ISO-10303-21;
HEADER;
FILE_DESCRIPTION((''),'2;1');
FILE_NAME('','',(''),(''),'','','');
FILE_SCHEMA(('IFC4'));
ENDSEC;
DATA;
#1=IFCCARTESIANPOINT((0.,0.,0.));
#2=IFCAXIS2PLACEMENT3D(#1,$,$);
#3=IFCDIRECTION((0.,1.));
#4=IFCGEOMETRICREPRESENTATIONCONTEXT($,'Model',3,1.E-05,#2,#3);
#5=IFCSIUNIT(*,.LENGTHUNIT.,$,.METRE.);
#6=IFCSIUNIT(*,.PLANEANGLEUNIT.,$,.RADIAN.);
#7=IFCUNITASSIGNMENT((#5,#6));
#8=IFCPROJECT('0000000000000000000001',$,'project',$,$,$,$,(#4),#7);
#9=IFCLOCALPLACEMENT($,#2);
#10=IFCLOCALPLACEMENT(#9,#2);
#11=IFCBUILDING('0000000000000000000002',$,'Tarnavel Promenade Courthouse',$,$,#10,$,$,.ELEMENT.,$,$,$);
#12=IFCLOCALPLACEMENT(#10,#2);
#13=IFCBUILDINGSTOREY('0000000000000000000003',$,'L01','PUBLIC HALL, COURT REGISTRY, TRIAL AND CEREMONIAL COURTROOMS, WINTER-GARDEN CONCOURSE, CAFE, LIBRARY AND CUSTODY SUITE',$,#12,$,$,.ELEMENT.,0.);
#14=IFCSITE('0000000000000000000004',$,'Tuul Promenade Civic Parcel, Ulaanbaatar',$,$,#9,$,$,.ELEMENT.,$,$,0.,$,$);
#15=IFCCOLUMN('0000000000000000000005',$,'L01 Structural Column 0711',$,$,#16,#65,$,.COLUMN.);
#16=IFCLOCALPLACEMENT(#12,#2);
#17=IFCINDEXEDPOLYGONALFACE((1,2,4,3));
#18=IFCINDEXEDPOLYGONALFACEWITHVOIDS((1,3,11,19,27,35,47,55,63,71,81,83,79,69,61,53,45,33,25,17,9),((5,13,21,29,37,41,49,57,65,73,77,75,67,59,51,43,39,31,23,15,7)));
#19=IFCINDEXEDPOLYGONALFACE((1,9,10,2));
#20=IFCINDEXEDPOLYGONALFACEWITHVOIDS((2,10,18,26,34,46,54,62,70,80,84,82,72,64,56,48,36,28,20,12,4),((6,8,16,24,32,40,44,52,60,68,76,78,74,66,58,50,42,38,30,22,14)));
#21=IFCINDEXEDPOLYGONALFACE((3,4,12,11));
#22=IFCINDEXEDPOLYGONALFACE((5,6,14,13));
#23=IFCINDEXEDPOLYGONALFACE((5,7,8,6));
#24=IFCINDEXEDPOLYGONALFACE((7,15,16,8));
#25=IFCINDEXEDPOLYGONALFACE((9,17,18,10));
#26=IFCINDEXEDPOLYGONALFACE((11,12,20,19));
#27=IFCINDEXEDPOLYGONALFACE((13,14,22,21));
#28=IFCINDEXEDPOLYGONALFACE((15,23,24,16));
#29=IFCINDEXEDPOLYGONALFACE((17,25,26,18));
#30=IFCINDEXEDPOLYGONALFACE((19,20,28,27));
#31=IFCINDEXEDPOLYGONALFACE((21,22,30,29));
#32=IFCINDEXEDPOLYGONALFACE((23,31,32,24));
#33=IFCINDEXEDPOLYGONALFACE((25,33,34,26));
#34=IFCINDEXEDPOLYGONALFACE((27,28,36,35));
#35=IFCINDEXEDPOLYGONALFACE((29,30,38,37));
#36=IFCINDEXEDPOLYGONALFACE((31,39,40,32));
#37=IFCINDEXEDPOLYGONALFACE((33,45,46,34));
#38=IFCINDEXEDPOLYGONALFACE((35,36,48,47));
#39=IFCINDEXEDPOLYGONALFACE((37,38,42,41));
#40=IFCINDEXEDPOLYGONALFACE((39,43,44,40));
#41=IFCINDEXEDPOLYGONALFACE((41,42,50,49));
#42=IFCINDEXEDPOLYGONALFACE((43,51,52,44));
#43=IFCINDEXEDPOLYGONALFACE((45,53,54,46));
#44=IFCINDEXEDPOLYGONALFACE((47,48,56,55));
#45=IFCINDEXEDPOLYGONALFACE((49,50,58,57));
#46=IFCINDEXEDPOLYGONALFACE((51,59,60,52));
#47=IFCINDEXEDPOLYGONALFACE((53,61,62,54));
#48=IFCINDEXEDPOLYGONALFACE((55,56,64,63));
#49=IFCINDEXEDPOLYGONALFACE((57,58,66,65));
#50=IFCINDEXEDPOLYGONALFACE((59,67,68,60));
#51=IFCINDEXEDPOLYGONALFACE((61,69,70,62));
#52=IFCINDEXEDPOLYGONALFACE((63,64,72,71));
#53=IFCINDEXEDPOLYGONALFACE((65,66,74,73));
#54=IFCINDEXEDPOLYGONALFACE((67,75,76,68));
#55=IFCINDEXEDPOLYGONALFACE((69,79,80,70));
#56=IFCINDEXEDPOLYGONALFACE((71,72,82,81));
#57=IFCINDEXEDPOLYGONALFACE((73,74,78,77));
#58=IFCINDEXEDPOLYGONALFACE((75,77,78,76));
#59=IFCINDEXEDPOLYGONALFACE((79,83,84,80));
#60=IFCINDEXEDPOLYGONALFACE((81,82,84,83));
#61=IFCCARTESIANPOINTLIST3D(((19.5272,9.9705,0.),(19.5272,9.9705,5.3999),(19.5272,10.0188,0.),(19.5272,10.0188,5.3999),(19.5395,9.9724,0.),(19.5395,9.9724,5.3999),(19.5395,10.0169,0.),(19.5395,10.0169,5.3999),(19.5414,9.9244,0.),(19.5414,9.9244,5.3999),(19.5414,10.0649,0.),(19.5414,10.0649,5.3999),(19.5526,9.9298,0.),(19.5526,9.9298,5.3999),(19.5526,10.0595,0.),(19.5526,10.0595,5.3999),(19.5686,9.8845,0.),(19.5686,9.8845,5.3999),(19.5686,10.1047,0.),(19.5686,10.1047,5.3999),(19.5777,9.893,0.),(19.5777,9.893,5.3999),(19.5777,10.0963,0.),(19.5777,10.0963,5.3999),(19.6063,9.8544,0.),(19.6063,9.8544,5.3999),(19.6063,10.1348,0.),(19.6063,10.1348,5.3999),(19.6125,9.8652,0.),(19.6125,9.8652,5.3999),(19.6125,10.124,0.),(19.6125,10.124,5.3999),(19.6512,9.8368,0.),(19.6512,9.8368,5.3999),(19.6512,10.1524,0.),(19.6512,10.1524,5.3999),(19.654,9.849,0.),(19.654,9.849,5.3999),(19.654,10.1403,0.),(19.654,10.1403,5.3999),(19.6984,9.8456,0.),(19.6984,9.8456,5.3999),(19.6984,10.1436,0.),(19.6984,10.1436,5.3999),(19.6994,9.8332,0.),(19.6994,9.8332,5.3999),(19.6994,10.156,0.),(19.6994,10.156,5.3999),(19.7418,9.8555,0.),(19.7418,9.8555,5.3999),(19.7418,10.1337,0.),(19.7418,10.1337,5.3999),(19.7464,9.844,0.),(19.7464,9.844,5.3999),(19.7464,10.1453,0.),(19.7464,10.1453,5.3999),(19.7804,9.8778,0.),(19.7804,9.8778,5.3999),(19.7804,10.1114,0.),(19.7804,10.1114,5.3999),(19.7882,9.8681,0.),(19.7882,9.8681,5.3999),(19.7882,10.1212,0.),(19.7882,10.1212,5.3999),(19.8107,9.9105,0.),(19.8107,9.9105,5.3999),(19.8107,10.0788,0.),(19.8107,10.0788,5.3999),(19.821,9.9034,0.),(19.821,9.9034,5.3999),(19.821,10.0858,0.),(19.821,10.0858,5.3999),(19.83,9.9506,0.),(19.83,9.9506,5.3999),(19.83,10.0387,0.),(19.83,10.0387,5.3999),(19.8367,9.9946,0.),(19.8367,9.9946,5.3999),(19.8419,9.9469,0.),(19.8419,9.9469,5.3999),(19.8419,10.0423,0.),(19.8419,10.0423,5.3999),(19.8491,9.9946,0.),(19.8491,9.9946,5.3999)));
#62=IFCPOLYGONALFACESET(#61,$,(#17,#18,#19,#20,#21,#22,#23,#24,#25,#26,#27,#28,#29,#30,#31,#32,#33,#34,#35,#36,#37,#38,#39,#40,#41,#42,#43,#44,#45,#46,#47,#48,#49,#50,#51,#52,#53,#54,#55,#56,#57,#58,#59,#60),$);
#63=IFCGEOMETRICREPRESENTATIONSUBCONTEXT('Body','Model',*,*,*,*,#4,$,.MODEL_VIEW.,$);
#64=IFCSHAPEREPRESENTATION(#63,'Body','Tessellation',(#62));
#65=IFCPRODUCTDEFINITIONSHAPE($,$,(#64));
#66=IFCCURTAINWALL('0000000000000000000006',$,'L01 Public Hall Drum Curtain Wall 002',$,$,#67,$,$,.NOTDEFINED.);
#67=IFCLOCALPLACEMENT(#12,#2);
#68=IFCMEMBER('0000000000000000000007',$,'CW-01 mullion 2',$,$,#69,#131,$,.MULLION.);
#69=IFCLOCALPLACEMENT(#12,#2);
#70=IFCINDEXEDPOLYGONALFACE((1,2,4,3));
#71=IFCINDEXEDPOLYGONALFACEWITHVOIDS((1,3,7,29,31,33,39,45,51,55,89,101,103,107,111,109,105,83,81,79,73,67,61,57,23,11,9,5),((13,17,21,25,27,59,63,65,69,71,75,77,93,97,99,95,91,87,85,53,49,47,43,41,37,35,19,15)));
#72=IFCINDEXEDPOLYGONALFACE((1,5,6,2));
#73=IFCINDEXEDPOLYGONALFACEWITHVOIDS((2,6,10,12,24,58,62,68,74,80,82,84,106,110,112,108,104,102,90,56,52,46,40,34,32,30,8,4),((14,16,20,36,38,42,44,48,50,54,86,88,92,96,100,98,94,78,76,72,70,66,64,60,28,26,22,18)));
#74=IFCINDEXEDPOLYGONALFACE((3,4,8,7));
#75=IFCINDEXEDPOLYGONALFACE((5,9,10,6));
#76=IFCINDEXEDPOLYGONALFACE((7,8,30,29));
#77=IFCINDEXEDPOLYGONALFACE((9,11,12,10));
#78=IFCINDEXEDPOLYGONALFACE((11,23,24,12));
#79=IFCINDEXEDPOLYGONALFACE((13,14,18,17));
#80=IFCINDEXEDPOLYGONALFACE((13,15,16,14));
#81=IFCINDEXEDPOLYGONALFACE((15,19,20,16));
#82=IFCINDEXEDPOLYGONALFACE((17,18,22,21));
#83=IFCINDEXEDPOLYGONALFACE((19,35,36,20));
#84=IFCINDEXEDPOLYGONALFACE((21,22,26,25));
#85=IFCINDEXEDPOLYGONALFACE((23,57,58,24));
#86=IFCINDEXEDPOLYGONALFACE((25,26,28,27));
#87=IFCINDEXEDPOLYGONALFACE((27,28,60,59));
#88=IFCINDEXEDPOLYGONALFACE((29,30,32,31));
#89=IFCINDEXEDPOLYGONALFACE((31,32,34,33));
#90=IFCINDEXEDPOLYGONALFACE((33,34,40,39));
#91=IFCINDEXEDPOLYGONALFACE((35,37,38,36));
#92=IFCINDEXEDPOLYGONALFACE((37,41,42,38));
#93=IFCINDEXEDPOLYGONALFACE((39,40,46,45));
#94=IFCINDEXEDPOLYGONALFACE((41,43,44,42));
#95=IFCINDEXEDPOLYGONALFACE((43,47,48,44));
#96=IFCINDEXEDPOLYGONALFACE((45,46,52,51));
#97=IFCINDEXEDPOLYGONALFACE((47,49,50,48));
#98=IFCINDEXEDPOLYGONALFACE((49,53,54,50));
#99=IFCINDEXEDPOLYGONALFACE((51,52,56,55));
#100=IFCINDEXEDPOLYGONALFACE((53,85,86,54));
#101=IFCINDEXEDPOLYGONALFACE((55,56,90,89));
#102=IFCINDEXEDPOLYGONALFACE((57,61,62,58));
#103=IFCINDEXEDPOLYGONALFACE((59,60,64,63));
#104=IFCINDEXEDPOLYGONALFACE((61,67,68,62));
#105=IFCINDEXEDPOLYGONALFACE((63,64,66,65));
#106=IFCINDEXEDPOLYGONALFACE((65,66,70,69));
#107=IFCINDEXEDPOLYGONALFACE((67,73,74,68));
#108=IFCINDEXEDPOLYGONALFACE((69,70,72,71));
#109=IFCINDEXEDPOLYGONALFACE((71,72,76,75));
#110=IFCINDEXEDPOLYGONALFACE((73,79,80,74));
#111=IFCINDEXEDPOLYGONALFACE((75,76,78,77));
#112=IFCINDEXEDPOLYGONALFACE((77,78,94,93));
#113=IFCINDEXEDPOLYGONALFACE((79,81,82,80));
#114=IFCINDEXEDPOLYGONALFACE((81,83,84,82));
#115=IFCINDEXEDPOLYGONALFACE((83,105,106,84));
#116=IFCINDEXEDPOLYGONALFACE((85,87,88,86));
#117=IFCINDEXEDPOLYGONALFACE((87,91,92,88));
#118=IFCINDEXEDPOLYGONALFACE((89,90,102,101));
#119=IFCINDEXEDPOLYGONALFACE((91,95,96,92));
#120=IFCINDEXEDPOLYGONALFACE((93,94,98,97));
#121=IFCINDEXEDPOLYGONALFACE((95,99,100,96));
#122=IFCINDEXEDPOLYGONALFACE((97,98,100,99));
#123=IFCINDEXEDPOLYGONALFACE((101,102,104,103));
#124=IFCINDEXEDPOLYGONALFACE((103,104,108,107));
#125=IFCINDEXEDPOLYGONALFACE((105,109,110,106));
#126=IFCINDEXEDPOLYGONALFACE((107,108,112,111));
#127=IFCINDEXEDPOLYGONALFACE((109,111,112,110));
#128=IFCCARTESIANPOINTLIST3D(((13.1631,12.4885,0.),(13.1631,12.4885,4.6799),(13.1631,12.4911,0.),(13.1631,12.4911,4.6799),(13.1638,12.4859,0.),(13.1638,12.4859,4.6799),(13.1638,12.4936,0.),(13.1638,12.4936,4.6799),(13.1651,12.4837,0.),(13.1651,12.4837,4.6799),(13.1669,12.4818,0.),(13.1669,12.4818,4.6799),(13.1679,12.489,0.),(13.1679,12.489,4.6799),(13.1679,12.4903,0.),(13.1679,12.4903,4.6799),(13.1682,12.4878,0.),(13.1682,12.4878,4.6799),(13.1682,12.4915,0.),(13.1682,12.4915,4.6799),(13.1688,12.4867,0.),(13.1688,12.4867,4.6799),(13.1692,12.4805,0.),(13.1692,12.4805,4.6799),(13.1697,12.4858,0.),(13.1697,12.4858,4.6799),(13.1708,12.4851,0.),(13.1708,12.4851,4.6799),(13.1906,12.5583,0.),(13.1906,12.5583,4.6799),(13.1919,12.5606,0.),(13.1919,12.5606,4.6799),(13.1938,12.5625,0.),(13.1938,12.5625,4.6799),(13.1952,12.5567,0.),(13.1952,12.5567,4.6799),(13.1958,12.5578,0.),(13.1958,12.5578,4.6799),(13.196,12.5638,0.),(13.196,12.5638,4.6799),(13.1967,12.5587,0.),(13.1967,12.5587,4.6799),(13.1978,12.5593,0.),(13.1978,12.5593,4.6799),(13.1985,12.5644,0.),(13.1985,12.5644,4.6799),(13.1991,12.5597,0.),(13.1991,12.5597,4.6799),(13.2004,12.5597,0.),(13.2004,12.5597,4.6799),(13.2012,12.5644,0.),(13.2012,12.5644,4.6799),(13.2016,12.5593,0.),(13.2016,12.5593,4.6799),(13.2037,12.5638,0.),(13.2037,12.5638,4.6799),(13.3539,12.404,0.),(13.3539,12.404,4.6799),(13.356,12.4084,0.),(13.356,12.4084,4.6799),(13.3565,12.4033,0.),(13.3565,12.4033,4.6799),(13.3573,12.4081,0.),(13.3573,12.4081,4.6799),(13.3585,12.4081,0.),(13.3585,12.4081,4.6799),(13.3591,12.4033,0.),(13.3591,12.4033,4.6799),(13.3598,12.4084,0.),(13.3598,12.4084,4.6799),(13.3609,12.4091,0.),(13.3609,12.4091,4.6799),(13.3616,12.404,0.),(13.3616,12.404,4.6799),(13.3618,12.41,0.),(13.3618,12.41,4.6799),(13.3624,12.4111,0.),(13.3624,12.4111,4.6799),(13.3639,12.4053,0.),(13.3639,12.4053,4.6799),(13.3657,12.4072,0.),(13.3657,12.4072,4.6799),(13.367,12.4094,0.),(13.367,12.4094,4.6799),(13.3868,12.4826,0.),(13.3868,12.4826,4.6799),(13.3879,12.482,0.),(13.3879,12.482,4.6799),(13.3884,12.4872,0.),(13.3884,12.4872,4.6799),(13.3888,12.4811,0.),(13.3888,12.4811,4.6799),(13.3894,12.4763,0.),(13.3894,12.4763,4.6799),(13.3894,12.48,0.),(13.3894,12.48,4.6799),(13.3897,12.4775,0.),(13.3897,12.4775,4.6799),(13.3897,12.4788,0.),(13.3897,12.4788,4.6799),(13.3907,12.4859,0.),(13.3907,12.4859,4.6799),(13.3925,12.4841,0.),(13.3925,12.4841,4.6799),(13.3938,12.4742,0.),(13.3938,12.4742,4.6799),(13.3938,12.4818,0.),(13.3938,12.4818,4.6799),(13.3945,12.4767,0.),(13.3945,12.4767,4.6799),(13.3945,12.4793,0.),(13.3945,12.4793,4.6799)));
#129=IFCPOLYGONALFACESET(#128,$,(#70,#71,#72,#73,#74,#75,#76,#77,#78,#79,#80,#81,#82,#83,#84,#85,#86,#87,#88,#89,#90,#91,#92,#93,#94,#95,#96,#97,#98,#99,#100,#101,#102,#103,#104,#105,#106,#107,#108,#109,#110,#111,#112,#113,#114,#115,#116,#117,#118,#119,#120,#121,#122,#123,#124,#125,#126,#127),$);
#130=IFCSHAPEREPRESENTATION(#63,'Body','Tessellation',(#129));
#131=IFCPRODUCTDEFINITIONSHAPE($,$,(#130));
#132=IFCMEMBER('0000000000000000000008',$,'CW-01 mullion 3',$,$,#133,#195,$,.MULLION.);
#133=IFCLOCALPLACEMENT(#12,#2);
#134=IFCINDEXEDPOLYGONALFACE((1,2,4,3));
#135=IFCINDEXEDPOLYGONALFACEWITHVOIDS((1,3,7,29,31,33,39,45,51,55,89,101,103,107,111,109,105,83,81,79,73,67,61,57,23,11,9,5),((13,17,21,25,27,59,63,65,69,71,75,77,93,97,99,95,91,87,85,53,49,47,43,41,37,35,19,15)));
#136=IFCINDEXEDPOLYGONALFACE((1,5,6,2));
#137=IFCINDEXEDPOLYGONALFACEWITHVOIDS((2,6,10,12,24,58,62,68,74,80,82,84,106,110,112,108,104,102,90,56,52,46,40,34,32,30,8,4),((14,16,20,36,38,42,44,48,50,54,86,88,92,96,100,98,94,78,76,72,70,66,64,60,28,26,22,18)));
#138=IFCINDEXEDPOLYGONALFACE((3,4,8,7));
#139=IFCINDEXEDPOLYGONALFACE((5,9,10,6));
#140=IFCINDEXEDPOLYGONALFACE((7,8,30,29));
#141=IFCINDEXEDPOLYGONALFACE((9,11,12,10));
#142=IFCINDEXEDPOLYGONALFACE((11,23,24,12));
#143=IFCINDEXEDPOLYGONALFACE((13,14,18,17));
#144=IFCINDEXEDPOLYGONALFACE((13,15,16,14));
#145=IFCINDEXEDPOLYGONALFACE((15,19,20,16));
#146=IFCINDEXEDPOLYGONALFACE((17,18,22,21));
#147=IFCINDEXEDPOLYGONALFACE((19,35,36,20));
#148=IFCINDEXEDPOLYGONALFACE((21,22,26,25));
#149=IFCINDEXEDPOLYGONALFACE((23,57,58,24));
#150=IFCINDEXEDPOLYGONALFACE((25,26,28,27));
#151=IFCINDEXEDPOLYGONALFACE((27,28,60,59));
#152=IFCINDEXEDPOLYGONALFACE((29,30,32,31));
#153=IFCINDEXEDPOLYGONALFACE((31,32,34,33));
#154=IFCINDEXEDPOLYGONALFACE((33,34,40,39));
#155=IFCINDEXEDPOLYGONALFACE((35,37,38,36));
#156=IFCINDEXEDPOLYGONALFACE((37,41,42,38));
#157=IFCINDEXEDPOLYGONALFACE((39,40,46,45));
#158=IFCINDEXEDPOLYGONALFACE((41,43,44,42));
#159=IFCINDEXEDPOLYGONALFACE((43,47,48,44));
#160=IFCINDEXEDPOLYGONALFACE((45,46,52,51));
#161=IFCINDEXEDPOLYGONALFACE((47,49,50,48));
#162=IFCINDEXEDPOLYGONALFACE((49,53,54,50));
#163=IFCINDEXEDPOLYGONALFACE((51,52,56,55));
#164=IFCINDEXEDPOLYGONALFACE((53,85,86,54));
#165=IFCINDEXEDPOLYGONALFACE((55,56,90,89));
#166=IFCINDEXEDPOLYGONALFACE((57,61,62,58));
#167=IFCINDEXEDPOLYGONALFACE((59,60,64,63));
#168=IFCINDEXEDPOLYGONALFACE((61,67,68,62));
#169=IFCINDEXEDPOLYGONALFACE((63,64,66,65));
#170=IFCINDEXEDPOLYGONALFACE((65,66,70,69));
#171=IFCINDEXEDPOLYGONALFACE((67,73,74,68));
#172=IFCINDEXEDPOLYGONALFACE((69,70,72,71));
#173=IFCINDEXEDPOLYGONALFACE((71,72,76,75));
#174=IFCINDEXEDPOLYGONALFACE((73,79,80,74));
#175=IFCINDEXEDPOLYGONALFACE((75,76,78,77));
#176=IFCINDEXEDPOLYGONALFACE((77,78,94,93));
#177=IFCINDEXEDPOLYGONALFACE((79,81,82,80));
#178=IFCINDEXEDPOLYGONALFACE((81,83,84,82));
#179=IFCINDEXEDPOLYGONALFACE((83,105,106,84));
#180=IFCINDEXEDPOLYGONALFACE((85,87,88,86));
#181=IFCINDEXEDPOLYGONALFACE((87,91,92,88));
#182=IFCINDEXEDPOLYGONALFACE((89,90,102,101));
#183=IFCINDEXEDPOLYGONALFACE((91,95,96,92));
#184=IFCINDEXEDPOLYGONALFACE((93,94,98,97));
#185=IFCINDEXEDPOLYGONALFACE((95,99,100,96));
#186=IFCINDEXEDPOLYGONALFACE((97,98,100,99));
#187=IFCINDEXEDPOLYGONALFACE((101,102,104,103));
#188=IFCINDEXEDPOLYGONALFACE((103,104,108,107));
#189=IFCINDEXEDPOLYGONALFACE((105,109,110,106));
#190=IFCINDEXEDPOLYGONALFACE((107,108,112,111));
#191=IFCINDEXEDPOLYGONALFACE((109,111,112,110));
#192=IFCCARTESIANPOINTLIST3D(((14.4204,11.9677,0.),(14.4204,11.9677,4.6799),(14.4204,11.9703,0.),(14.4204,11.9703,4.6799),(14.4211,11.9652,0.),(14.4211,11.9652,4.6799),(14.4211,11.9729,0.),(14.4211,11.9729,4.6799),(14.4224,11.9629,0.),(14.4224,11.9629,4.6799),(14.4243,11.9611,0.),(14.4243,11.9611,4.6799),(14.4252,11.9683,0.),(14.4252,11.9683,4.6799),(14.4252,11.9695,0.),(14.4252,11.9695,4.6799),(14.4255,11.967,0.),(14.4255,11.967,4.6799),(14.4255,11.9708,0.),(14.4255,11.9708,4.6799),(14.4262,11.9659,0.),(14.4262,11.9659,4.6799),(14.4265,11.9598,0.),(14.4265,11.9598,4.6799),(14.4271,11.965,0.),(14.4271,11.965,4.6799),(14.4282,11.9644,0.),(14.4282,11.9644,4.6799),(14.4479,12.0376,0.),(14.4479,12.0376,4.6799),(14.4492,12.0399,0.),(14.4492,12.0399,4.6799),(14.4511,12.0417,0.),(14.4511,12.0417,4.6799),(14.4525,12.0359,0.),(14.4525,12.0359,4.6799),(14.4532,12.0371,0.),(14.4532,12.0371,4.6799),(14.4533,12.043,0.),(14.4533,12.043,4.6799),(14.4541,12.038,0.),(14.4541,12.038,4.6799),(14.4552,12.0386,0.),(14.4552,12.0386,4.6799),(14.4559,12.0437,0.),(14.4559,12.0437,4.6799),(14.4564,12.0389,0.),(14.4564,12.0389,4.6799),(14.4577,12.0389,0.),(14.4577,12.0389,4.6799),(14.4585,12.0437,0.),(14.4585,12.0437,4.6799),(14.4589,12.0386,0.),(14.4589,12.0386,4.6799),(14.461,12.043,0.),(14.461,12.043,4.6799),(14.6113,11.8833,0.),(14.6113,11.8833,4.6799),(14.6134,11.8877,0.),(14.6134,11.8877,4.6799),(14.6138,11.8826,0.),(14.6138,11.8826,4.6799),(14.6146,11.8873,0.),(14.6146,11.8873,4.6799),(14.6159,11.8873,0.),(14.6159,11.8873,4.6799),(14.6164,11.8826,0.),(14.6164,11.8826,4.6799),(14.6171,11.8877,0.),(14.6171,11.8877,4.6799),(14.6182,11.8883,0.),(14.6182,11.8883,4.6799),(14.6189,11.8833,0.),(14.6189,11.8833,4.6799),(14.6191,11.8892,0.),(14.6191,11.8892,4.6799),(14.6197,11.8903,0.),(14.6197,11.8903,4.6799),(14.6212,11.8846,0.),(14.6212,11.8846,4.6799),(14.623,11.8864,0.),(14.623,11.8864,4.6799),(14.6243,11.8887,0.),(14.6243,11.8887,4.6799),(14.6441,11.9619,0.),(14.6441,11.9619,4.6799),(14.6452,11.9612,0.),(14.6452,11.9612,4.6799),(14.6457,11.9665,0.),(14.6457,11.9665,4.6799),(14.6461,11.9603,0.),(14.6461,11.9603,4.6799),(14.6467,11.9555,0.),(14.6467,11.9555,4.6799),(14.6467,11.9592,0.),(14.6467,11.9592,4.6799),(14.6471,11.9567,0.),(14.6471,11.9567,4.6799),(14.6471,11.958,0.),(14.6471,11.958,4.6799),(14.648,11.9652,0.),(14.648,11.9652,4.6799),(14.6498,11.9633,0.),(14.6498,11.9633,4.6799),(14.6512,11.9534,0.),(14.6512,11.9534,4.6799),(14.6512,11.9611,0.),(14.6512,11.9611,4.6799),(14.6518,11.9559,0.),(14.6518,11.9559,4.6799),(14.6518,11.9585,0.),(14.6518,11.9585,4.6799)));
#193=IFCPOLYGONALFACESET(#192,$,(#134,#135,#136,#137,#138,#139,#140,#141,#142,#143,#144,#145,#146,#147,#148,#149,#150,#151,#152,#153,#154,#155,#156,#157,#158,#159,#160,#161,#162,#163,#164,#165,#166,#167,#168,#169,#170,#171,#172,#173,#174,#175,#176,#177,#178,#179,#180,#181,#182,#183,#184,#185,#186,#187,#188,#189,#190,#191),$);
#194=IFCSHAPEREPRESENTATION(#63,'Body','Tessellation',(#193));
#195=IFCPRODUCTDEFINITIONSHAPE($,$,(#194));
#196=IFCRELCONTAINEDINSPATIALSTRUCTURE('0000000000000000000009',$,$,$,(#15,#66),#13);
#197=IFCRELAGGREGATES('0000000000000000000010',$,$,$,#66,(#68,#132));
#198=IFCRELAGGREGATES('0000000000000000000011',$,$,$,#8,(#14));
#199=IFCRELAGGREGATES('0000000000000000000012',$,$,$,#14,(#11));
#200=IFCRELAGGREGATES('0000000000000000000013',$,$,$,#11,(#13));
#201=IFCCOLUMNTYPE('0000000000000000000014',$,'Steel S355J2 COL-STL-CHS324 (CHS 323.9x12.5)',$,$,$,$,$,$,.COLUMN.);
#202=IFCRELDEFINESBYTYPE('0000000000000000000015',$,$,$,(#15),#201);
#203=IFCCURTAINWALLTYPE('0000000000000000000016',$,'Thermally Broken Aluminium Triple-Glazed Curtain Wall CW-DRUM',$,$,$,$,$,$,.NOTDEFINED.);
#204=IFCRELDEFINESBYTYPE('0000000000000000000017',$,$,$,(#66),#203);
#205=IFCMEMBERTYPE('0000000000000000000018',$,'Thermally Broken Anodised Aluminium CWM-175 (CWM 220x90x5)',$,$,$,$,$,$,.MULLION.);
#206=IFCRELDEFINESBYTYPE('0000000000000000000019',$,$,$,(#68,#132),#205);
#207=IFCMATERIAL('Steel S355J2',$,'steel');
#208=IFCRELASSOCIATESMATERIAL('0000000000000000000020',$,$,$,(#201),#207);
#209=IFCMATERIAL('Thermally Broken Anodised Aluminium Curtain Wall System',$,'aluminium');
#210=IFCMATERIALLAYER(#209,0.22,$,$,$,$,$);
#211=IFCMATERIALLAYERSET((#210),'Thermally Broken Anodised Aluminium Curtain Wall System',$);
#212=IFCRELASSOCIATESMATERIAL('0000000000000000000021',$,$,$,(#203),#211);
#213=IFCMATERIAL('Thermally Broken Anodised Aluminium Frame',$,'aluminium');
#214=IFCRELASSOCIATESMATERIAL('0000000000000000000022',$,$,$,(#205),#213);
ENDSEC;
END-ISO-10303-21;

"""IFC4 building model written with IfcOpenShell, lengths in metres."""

from ifc_helpers import new_model, si_unit, direction, frame, origin, origin_2d, place, context, subcontext, project, spatial, hollow_rectangle, hollow_circle, extrude, material, layer, layer_set, material_profile, profile_set, type_object, element, aggregate, save


model = new_model("IFC4")

# Units and contexts
model_context = context("Model", 3, precision=1e-05, world=origin(), true_north=direction((0.0, 1.0)))
body_context = subcontext(model_context, "Body", "Model", "MODEL_VIEW")
ifc_project = project(units=[si_unit("LENGTHUNIT", "METRE"), si_unit("PLANEANGLEUNIT", "RADIAN")], contexts=[model_context])

# Site, building, storey
site_placement = place(None, origin())
site = spatial("IfcSite", under=ifc_project, at=site_placement, Name="Tuul Promenade Civic Parcel, Ulaanbaatar", CompositionType="ELEMENT", RefElevation=0.0)
building_placement = place(site_placement, origin())
building = spatial("IfcBuilding", under=site, at=building_placement, Name="Tarnavel Promenade Courthouse", CompositionType="ELEMENT")
storey_placement = place(building_placement, origin())
storey = spatial("IfcBuildingStorey", under=building, at=storey_placement, Name="L01", Description="PUBLIC HALL, COURT REGISTRY, TRIAL AND CEREMONIAL COURTROOMS, WINTER-GARDEN CONCOURSE, CAFE, LIBRARY AND CUSTODY SUITE", CompositionType="ELEMENT", Elevation=0.0)

# Column
ifc_material_1 = material(Name="Steel S355J2", Category="steel")
ifc_material_profile_1 = material_profile(ifc_material_1, hollow_circle(Radius=0.1619, WallThickness=0.0125, at=origin_2d()), Name="CHS 323.9x12.5")
ifc_profile_set_1 = profile_set([ifc_material_profile_1], Name="Steel S355J2")
column_type = type_object("IfcColumnType", Name="Steel S355J2 COL-STL-CHS324 (CHS 323.9x12.5)", PredefinedType="COLUMN", material=ifc_profile_set_1)
column_placement = place(storey_placement, frame((19.6873, 9.9946, 0.0), z_axis=(0.0, 0.0, 1.0), x_axis=(1.0, 0.0, 0.0)))
element("IfcColumn", 1, at=column_placement, inside=storey, type_object=column_type, Name="L01 Structural Column 0711", PredefinedType="COLUMN", context=body_context, shape_type="SweptSolid", body=[
    extrude(hollow_circle(Radius=0.1619, WallThickness=0.0125, at=origin_2d()), origin(), (0.0, 0.0, 1.0), 5.3999),
])

# Curtain wall, members
ifc_material_2 = material(Name="Thermally Broken Anodised Aluminium Curtain Wall System", Category="aluminium")
ifc_layer_1 = layer(ifc_material_2, 0.22)
ifc_layer_set_1 = layer_set([ifc_layer_1], Name="Thermally Broken Anodised Aluminium Curtain Wall System")
curtain_wall_type = type_object("IfcCurtainWallType", Name="Thermally Broken Aluminium Triple-Glazed Curtain Wall CW-DRUM", PredefinedType="NOTDEFINED", material=ifc_layer_set_1)
curtain_wall_1_placement = place(storey_placement, origin())
curtain_wall_1 = element("IfcCurtainWall", 2, at=curtain_wall_1_placement, inside=storey, type_object=curtain_wall_type, Name="L01 Public Hall Drum Curtain Wall 002", PredefinedType="NOTDEFINED")
ifc_material_3 = material(Name="Thermally Broken Anodised Aluminium Frame", Category="aluminium")
ifc_material_profile_2 = material_profile(ifc_material_3, hollow_rectangle(XDim=0.0901, YDim=0.22, WallThickness=0.0049, InnerFilletRadius=0.0049, OuterFilletRadius=0.01, at=origin_2d()), Name="CWM 220x90x5")
ifc_profile_set_2 = profile_set([ifc_material_profile_2], Name="Thermally Broken Anodised Aluminium Frame")
member_type_1 = type_object("IfcMemberType", Name="Thermally Broken Anodised Aluminium CWM-175 (CWM 220x90x5)", PredefinedType="MULLION", material=ifc_profile_set_2)
member_1_placement = place(storey_placement, frame((13.2788, 12.4839, 0.0), z_axis=(0.0, 0.0, 1.0), x_axis=(0.382685, 0.923879, 0.0)))
member_1 = element("IfcMember", 3, at=member_1_placement, type_object=member_type_1, Name="CW-01 mullion 2", PredefinedType="MULLION", context=body_context, shape_type="SweptSolid", body=[
    extrude(hollow_rectangle(XDim=0.0901, YDim=0.22, WallThickness=0.0049, InnerFilletRadius=0.0049, OuterFilletRadius=0.01, at=origin_2d()), origin(), (0.0, 0.0, 1.0), 4.6799),
])
member_2_placement = place(storey_placement, frame((14.5361, 11.9631, 0.0), z_axis=(0.0, 0.0, 1.0), x_axis=(0.382685, 0.923879, 0.0)))
member_2 = element("IfcMember", 4, at=member_2_placement, type_object=member_type_1, Name="CW-01 mullion 3", PredefinedType="MULLION", context=body_context, shape_type="SweptSolid", body=[
    extrude(hollow_rectangle(XDim=0.0901, YDim=0.22, WallThickness=0.0049, InnerFilletRadius=0.0049, OuterFilletRadius=0.01, at=origin_2d()), origin(), (0.0, 0.0, 1.0), 4.6799),
])

aggregate(curtain_wall_1, [member_1, member_2])

save(model, "model.ifc")
